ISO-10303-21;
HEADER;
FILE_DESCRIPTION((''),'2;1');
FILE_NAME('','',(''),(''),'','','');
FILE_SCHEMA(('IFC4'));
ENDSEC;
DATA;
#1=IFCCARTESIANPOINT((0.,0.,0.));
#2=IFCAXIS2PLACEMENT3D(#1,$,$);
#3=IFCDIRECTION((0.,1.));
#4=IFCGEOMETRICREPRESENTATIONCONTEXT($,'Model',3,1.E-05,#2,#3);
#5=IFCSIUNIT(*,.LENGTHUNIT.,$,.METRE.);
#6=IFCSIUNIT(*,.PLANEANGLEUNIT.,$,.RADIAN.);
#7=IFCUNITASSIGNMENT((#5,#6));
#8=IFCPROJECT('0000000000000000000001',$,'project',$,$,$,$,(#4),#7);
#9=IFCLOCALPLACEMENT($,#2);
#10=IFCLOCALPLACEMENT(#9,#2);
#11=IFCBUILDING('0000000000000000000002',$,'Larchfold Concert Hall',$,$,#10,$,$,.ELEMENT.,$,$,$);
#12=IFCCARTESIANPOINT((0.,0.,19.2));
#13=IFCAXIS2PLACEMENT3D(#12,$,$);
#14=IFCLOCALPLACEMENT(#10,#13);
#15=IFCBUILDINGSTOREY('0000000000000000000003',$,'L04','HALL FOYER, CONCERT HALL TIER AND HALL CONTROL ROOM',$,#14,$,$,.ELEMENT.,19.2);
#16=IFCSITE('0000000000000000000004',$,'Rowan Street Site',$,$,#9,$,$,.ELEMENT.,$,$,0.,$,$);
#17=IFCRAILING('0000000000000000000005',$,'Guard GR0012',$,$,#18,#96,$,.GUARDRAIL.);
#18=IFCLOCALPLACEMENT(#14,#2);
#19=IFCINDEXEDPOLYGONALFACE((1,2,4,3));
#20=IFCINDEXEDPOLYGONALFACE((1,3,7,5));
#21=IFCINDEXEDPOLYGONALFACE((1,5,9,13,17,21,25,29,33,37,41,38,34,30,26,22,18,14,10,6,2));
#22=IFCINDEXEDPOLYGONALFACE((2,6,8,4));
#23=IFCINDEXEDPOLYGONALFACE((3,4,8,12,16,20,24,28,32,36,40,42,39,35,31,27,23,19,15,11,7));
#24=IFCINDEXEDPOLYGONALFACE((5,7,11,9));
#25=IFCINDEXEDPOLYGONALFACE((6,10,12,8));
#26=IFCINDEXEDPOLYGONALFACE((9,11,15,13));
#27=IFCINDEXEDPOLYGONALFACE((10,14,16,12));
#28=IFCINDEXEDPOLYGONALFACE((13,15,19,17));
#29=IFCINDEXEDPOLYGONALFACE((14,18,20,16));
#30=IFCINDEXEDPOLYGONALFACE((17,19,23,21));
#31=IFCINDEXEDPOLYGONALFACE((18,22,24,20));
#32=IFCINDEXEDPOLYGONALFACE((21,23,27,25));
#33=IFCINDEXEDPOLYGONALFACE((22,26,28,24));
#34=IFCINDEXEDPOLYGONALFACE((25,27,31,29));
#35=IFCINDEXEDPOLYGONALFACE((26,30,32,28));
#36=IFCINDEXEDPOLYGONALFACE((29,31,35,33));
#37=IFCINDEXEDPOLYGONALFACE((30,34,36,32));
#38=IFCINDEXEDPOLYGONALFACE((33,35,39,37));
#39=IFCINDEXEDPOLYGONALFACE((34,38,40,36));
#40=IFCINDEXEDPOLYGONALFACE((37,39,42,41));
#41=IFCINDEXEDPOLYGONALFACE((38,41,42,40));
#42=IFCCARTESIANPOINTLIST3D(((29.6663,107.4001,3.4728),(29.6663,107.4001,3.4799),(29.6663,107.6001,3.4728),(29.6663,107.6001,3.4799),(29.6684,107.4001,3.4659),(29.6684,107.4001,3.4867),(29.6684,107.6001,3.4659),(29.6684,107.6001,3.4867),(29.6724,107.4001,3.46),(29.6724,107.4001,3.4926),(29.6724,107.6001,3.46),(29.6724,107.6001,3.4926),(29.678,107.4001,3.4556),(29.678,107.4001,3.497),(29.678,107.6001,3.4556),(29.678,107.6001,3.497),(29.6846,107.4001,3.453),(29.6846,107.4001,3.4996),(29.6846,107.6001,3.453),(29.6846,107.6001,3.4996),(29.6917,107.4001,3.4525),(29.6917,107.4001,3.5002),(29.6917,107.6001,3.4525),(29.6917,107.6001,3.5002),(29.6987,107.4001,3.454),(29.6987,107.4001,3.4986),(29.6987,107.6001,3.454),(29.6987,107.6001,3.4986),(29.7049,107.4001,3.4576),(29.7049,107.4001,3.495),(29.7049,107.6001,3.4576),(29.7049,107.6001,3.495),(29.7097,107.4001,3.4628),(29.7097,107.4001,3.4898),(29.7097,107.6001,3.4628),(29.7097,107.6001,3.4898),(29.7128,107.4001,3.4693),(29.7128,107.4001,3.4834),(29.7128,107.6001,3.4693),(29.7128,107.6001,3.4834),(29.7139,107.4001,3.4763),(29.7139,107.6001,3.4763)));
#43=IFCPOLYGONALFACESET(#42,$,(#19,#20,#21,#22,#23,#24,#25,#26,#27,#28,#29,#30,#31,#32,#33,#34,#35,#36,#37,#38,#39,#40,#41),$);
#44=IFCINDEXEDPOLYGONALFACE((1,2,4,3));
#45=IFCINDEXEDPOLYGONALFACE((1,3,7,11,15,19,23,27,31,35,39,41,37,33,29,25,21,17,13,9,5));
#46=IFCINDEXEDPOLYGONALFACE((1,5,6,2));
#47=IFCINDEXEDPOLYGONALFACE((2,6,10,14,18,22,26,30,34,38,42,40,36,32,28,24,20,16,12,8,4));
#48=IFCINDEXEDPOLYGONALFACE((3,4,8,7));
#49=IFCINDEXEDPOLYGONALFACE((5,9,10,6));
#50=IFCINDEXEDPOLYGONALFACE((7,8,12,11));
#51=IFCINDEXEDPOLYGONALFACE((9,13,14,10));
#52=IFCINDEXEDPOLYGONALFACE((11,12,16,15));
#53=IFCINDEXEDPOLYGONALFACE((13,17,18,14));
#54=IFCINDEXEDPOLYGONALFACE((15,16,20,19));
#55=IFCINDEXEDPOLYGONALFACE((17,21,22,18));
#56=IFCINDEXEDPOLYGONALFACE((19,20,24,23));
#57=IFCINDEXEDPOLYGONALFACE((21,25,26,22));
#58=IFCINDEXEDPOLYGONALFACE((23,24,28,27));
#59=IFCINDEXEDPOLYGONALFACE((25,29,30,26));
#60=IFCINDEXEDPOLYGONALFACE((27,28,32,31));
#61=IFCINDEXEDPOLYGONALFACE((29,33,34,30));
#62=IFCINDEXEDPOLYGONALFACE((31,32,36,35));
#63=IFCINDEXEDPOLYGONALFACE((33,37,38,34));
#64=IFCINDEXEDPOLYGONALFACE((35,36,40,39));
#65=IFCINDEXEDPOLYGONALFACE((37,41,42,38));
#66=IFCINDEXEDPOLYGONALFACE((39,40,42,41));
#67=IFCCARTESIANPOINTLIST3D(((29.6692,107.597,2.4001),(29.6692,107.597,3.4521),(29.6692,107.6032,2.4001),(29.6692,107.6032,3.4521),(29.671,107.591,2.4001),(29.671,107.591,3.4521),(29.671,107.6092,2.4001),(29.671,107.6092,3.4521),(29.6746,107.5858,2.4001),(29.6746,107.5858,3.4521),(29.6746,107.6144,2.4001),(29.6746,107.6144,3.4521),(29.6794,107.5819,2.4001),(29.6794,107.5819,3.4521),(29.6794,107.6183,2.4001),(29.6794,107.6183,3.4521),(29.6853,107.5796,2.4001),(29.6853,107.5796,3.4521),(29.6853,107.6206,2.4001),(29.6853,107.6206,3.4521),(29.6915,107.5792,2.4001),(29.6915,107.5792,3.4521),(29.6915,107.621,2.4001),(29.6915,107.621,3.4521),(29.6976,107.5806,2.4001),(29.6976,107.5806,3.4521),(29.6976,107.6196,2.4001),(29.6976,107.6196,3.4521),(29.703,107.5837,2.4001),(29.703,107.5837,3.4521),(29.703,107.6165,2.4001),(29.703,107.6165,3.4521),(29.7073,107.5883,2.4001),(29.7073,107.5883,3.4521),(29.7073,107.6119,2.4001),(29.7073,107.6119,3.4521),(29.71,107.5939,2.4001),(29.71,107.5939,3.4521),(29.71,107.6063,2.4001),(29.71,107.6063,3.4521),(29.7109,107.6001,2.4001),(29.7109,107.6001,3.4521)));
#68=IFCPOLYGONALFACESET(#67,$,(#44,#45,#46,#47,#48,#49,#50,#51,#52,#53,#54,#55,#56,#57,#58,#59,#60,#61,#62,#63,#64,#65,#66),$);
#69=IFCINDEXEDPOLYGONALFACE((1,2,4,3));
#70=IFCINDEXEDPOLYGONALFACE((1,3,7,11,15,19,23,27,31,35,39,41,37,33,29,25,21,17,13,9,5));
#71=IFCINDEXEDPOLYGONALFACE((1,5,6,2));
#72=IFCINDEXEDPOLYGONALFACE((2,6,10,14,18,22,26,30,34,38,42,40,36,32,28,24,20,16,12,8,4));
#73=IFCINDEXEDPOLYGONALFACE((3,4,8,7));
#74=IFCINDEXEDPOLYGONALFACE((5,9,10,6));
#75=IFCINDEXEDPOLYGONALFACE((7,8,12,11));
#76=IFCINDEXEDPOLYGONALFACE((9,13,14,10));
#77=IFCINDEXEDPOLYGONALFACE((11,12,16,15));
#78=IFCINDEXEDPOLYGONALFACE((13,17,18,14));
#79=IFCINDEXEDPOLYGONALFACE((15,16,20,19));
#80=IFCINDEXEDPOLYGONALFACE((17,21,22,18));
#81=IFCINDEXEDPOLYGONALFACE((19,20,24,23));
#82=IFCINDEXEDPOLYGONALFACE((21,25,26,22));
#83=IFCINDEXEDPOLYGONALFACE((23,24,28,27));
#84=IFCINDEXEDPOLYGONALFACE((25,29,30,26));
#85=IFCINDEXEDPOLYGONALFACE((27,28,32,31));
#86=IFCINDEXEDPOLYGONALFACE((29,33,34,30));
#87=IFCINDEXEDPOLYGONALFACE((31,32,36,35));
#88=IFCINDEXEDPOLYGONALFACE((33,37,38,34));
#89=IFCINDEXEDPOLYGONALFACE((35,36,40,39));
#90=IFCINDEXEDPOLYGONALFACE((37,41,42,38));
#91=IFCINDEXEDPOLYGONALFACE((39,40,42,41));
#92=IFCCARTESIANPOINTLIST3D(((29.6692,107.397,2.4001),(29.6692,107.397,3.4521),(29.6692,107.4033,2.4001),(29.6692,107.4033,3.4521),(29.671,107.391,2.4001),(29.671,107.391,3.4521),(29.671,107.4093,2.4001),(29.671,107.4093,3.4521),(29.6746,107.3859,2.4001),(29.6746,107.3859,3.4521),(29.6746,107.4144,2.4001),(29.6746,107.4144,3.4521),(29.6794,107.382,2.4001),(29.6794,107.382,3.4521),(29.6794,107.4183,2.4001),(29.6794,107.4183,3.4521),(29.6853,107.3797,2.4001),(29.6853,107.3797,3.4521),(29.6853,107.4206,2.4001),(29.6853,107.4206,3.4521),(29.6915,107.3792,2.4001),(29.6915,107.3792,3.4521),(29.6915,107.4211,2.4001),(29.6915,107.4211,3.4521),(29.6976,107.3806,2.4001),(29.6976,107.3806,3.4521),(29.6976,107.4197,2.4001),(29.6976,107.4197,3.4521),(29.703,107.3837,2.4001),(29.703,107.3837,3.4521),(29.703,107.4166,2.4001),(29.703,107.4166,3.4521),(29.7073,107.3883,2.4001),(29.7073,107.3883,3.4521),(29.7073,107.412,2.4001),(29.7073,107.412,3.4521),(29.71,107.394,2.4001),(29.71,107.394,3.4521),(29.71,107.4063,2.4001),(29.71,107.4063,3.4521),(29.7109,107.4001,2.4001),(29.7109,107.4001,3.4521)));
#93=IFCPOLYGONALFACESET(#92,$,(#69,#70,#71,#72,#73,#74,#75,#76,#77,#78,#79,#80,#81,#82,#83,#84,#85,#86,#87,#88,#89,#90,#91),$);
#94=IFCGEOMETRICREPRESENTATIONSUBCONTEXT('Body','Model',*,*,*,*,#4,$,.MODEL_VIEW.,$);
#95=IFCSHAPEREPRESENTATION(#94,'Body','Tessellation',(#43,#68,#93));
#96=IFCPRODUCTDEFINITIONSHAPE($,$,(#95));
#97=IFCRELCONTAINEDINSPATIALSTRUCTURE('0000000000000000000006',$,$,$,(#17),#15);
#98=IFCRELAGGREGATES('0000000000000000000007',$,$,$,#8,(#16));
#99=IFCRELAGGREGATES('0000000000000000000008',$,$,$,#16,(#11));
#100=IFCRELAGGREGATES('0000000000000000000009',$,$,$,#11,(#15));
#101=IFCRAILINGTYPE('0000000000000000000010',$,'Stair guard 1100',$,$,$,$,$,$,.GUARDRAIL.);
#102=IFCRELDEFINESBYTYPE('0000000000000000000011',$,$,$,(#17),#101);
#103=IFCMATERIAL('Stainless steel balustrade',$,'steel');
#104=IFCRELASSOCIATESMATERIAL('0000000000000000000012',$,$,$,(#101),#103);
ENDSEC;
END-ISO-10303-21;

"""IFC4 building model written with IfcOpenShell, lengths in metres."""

from ifc_helpers import new_model, si_unit, direction, frame, origin, origin_2d, place, context, subcontext, project, spatial, circle, extrude, material, type_object, element, save


model = new_model("IFC4")

# Units and contexts
model_context = context("Model", 3, precision=1e-05, world=origin(), true_north=direction((0.0, 1.0)))
body_context = subcontext(model_context, "Body", "Model", "MODEL_VIEW")
ifc_project = project(units=[si_unit("LENGTHUNIT", "METRE"), si_unit("PLANEANGLEUNIT", "RADIAN")], contexts=[model_context])

# Site, building, storey
site_placement = place(None, origin())
site = spatial("IfcSite", under=ifc_project, at=site_placement, Name="Rowan Street Site", CompositionType="ELEMENT", RefElevation=0.0)
building_placement = place(site_placement, origin())
building = spatial("IfcBuilding", under=site, at=building_placement, Name="Larchfold Concert Hall", CompositionType="ELEMENT")
storey_placement = place(building_placement, frame((0.0, 0.0, 19.2)))
storey = spatial("IfcBuildingStorey", under=building, at=storey_placement, Name="L04", Description="HALL FOYER, CONCERT HALL TIER AND HALL CONTROL ROOM", CompositionType="ELEMENT", Elevation=19.2)

# Railing
ifc_material_1 = material(Name="Stainless steel balustrade", Category="steel")
railing_type_1 = type_object("IfcRailingType", Name="Stair guard 1100", PredefinedType="GUARDRAIL", material=ifc_material_1)
railing_1_placement = place(storey_placement, frame((29.6899, 107.6001, 2.4001)))
element("IfcRailing", 1, at=railing_1_placement, inside=storey, type_object=railing_type_1, Name="Guard GR0012", PredefinedType="GUARDRAIL", context=body_context, shape_type="SweptSolid", body=[
    extrude(circle(Radius=0.0239, at=origin_2d()), frame((0.0, 0.0, 1.0762), z_axis=(0.0, -1.0, 0.0), x_axis=(1.0, 0.0, 0.0)), (0.0, 0.0, 1.0), 0.2),
    extrude(circle(Radius=0.021, at=origin_2d()), origin(), (0.0, 0.0, 1.0), 1.052),
    extrude(circle(Radius=0.021, at=origin_2d()), frame((0.0, -0.2, 0.0)), (0.0, 0.0, 1.0), 1.052),
])

save(model, "model.ifc")
